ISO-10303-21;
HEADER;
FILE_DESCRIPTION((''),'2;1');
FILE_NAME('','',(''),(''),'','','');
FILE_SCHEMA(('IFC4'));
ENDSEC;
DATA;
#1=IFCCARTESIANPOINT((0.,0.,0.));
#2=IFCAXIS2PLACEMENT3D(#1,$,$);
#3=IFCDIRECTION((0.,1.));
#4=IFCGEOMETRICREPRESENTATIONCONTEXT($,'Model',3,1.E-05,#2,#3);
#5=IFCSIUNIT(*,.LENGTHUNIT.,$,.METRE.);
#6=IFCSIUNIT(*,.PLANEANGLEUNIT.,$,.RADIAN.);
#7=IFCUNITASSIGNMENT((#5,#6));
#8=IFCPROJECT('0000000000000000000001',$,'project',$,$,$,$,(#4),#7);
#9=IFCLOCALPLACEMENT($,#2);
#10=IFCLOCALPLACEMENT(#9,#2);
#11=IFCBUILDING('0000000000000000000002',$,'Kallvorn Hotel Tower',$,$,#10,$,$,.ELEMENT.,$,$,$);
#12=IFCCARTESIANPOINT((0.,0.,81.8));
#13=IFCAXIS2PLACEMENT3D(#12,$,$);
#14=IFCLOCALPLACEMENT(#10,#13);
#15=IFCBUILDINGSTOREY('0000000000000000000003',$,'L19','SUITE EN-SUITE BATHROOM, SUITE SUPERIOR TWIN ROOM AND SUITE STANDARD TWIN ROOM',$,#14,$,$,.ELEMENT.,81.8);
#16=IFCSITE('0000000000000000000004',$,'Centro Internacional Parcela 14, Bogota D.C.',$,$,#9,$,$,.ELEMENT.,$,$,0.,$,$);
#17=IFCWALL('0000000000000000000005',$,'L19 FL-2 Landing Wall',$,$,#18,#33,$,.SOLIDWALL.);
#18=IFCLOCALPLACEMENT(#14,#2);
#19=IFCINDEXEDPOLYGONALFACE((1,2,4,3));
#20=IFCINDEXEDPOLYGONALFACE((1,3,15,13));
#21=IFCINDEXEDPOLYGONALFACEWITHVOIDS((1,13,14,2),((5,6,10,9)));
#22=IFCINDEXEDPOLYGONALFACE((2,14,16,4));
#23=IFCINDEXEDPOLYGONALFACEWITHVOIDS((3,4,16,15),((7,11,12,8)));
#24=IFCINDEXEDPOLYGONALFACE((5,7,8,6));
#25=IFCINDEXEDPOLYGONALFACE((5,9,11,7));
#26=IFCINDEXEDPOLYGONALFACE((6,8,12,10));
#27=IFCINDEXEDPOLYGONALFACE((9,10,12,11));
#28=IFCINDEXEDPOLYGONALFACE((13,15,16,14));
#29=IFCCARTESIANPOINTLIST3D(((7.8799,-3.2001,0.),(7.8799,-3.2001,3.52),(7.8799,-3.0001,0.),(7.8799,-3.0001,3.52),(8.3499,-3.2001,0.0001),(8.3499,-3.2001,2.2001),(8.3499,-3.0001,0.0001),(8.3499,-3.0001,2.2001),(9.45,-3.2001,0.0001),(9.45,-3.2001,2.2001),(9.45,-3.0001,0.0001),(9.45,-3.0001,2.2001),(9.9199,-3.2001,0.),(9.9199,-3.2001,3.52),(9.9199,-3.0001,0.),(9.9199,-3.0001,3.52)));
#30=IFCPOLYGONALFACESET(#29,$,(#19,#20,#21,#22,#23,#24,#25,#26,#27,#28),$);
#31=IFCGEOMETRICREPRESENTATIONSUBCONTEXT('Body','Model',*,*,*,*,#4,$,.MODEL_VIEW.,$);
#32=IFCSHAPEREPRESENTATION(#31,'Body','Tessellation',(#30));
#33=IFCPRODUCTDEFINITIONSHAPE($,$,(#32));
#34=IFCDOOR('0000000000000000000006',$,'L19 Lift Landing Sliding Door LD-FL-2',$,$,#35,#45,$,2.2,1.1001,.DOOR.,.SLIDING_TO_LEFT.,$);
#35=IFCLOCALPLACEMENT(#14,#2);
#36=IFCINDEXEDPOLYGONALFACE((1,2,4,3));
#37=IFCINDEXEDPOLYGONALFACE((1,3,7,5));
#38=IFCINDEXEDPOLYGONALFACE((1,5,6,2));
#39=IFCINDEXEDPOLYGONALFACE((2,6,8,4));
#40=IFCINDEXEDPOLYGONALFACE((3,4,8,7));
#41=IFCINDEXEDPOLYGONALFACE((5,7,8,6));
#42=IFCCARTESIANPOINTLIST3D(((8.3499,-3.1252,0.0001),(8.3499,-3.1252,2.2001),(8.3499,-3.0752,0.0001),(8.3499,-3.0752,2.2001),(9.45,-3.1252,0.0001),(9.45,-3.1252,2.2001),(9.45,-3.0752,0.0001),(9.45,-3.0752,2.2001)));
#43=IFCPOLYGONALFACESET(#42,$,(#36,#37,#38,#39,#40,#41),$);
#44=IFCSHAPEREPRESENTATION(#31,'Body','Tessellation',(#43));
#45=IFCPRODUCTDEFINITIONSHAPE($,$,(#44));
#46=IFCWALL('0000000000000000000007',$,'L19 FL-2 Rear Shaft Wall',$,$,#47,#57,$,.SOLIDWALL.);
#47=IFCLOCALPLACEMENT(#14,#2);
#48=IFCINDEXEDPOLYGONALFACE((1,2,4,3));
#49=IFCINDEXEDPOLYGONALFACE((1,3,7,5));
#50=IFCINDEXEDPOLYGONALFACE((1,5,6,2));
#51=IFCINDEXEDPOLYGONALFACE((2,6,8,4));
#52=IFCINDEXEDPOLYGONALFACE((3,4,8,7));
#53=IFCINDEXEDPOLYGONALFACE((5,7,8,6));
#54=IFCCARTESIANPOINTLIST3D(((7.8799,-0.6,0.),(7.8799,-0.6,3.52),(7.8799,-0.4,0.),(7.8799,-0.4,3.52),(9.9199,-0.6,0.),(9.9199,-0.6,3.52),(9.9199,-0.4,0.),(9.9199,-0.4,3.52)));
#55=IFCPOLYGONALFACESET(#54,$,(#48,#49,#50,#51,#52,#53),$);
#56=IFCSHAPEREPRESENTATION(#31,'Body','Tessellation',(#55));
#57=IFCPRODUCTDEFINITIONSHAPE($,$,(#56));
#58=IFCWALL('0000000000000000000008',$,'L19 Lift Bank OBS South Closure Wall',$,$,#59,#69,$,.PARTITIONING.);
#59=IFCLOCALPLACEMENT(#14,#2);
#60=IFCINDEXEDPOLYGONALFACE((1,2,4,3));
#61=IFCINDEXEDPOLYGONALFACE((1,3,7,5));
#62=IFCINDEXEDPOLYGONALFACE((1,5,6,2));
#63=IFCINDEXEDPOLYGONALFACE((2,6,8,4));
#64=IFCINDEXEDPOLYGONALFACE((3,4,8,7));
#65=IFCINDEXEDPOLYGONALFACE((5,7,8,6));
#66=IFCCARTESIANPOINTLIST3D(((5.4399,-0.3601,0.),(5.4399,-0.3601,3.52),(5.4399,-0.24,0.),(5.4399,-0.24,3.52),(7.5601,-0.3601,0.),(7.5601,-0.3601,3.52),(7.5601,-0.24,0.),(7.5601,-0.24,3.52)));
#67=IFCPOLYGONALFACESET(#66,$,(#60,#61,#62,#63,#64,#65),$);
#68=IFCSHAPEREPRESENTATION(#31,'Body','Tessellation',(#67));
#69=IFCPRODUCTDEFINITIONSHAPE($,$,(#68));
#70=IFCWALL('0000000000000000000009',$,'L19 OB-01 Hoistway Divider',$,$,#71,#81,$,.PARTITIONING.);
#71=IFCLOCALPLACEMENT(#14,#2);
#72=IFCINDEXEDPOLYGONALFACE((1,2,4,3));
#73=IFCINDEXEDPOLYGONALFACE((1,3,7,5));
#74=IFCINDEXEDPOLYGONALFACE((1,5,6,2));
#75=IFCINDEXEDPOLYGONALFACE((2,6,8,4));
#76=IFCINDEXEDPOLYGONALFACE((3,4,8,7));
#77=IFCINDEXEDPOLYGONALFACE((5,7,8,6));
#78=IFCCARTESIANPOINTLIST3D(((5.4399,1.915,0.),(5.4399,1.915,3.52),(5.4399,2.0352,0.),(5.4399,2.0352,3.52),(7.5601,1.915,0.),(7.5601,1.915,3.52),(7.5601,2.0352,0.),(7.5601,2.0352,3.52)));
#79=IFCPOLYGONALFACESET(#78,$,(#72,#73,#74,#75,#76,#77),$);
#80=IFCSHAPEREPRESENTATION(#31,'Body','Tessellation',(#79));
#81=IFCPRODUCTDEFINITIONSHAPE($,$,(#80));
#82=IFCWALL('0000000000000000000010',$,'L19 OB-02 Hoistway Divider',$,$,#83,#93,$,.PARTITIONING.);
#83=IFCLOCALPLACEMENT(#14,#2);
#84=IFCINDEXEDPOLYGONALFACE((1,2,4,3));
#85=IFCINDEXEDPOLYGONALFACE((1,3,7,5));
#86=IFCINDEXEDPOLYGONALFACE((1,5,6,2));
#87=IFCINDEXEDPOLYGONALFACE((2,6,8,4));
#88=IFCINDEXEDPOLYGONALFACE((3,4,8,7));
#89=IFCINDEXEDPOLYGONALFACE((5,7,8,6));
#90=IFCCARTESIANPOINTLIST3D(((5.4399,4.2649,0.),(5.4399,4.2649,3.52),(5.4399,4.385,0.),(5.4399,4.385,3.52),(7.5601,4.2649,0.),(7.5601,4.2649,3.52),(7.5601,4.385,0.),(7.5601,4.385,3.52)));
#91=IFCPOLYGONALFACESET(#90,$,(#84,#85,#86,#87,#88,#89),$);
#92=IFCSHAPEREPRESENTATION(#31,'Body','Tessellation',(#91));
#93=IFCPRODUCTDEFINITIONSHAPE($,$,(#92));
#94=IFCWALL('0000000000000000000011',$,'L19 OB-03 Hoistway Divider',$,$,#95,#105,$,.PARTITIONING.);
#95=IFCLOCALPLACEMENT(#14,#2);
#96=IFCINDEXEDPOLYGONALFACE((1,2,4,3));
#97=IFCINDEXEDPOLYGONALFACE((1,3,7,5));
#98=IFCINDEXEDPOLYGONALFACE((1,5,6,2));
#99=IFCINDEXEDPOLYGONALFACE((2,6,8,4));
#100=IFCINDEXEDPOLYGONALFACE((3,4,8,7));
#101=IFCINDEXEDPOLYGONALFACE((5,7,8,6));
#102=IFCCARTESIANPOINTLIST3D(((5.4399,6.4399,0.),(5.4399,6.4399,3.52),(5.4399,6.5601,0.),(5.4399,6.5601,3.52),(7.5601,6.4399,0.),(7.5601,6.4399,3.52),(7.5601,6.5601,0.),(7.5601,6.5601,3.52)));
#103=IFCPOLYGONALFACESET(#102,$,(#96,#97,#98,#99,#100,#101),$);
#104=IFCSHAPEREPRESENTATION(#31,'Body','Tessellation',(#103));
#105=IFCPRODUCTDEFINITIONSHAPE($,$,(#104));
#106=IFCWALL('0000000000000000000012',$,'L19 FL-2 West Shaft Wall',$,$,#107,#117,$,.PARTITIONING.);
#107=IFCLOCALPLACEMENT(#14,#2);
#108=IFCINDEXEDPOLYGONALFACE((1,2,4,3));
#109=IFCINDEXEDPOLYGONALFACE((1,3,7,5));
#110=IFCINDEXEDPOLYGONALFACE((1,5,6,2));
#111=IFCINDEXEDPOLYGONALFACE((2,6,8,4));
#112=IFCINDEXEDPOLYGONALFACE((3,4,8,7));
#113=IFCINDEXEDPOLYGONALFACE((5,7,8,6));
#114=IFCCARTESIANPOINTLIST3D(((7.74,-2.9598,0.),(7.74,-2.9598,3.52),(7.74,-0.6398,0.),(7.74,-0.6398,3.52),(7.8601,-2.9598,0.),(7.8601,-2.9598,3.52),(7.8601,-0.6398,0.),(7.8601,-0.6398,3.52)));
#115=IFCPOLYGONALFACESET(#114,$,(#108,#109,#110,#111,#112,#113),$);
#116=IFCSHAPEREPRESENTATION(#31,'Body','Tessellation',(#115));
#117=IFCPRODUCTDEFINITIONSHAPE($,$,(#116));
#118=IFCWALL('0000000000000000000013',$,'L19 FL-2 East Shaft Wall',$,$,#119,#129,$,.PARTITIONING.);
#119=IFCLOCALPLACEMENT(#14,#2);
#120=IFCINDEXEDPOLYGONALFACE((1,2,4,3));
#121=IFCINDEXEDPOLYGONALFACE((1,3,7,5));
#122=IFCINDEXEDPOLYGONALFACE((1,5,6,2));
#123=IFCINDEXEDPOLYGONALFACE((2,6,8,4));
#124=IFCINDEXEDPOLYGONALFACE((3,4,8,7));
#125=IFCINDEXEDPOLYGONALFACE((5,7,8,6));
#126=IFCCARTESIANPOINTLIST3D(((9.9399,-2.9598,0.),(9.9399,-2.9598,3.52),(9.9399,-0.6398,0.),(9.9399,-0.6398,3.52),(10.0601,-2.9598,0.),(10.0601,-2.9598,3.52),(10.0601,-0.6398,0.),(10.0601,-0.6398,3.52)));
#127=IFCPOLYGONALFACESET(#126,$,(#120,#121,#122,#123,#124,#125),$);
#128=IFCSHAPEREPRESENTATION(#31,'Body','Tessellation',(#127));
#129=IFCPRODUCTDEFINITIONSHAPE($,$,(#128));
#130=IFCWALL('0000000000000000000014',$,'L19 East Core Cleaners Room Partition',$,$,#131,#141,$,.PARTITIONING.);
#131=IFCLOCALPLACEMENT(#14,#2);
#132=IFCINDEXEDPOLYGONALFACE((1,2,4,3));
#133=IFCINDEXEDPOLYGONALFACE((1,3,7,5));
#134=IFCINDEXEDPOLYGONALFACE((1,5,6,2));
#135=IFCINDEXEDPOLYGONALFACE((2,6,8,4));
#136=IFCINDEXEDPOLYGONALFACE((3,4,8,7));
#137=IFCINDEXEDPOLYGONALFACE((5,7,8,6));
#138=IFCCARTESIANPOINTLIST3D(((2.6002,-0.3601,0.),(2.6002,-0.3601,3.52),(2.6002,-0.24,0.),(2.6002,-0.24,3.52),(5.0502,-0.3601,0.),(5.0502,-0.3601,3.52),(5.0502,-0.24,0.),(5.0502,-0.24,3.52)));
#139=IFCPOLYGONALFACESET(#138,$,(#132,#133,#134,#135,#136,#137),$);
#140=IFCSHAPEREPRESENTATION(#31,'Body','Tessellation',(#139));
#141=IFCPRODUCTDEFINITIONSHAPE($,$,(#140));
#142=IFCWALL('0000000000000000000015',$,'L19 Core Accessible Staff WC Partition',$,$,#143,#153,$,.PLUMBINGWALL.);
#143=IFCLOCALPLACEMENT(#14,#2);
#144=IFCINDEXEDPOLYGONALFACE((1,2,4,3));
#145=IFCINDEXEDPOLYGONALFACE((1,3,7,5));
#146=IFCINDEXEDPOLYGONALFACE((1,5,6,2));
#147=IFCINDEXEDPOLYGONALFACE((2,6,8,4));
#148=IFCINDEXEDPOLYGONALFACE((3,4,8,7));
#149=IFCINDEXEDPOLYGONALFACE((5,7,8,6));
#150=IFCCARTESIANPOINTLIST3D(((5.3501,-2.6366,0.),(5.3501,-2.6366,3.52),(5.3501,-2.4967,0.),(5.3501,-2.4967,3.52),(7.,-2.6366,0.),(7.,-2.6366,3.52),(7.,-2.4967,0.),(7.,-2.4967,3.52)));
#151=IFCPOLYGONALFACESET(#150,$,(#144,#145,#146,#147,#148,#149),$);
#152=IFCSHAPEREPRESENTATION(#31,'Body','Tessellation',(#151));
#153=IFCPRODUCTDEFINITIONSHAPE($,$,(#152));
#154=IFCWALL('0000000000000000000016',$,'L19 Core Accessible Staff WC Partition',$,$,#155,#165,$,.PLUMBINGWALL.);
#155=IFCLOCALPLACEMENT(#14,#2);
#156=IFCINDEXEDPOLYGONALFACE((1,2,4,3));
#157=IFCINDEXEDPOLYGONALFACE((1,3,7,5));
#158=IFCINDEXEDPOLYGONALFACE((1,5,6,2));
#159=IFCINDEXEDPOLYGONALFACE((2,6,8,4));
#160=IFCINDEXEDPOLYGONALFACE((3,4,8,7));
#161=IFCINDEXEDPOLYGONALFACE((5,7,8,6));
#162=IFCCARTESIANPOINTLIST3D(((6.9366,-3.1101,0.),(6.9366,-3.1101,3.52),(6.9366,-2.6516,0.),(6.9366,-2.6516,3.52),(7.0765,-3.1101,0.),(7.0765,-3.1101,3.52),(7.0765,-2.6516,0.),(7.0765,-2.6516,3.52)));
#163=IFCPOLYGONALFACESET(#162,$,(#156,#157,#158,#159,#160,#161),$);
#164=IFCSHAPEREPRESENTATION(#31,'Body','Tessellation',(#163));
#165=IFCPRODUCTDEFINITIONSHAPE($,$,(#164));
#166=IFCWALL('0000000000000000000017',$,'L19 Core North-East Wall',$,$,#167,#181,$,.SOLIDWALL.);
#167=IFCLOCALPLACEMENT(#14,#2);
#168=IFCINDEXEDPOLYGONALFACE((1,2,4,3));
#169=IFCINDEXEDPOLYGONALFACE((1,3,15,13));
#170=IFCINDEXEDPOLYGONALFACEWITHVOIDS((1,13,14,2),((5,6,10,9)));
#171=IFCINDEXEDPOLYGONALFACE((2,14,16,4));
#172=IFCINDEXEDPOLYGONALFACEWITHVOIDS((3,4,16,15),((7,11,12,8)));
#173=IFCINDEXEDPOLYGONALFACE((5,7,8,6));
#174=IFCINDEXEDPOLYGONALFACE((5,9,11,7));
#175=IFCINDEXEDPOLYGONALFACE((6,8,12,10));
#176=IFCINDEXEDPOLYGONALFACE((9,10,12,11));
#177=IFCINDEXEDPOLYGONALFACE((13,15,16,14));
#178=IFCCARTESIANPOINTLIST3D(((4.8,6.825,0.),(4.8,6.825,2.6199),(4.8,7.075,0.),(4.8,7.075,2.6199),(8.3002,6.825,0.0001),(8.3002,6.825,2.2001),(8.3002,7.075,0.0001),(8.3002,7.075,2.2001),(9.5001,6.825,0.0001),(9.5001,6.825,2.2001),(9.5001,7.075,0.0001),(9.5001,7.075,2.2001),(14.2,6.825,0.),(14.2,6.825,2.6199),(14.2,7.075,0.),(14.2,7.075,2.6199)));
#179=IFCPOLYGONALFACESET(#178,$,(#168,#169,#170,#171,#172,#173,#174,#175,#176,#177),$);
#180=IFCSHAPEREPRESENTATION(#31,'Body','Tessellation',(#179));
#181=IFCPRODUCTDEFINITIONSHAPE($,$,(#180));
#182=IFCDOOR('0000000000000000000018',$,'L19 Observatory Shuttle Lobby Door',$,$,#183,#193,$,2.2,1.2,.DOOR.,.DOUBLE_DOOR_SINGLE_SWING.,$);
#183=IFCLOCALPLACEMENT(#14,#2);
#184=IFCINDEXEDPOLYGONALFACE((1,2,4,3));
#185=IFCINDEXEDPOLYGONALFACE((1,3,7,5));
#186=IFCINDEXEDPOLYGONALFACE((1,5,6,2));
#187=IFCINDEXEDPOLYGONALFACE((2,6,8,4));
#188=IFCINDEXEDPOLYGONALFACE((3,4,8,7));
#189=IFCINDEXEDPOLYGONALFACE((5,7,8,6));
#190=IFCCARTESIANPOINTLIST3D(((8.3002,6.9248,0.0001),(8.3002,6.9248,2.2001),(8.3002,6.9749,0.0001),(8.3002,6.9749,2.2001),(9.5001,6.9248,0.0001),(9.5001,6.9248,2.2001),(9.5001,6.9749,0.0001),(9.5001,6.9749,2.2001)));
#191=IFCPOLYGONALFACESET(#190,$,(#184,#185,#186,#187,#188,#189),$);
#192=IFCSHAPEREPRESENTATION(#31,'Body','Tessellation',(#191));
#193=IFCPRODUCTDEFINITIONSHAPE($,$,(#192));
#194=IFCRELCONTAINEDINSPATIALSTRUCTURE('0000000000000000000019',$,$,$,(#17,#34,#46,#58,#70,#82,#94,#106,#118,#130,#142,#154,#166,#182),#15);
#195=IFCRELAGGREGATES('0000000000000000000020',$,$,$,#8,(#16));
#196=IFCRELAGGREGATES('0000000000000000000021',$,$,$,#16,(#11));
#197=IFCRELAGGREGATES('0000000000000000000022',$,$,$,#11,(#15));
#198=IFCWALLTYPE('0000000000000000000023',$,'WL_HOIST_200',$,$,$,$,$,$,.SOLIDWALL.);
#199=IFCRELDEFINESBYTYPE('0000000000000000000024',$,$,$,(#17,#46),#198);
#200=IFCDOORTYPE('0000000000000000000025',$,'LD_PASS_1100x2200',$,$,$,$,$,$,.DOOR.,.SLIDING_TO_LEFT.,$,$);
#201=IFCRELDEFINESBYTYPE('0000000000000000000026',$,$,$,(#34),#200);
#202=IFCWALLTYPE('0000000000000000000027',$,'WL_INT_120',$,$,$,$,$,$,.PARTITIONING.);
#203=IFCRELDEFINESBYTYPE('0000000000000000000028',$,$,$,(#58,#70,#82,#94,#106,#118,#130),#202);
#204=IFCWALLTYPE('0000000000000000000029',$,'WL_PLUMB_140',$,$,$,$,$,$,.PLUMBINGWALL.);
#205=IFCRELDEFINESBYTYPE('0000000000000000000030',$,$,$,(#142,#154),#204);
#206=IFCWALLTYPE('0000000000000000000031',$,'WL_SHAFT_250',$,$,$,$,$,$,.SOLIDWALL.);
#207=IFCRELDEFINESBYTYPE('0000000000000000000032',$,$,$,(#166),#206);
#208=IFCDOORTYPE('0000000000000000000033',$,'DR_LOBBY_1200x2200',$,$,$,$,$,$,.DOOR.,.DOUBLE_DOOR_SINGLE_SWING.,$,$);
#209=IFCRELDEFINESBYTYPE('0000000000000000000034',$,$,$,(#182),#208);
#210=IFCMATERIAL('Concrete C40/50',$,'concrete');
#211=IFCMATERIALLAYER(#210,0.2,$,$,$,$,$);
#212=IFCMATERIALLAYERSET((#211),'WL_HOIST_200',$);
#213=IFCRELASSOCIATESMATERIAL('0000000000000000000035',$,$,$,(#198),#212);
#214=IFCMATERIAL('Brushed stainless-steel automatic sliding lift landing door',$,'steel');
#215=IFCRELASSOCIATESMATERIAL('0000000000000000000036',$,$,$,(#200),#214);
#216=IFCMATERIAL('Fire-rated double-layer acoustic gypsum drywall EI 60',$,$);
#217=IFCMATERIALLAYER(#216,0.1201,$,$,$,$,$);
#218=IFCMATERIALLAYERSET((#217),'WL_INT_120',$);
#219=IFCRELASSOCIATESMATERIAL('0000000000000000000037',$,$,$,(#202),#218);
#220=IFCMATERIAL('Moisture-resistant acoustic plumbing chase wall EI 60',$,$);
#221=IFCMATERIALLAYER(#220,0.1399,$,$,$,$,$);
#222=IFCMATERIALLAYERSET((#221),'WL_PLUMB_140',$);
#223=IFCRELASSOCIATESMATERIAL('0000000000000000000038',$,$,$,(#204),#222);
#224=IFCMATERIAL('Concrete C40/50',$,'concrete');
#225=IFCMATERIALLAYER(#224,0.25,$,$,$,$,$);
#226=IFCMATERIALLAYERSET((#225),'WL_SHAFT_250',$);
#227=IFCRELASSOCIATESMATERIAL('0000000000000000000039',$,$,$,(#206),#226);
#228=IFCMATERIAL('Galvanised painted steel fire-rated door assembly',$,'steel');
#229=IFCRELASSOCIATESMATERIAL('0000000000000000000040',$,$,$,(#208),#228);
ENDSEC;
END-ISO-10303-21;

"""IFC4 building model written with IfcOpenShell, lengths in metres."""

from ifc_helpers import new_model, si_unit, direction, frame, frame_2d, origin, place, context, subcontext, project, spatial, rectangle, extrude, material, layer, layer_set, type_object, element, fill, save


model = new_model("IFC4")

# Units and contexts
model_context = context("Model", 3, precision=1e-05, world=origin(), true_north=direction((0.0, 1.0)))
body_context = subcontext(model_context, "Body", "Model", "MODEL_VIEW")
ifc_project = project(units=[si_unit("LENGTHUNIT", "METRE"), si_unit("PLANEANGLEUNIT", "RADIAN")], contexts=[model_context])

# Site, building, storey
site_placement = place(None, origin())
site = spatial("IfcSite", under=ifc_project, at=site_placement, Name="Centro Internacional Parcela 14, Bogota D.C.", CompositionType="ELEMENT", RefElevation=0.0)
building_placement = place(site_placement, origin())
building = spatial("IfcBuilding", under=site, at=building_placement, Name="Kallvorn Hotel Tower", CompositionType="ELEMENT")
storey_placement = place(building_placement, frame((0.0, 0.0, 81.8)))
storey = spatial("IfcBuildingStorey", under=building, at=storey_placement, Name="L19", Description="SUITE EN-SUITE BATHROOM, SUITE SUPERIOR TWIN ROOM AND SUITE STANDARD TWIN ROOM", CompositionType="ELEMENT", Elevation=81.8)

# Shared definitions
ifc_material_1 = material(Name="Concrete C40/50", Category="concrete")
ifc_layer_1 = layer(ifc_material_1, 0.2)
ifc_layer_set_1 = layer_set([ifc_layer_1], Name="WL_HOIST_200")
wall_type_1 = type_object("IfcWallType", Name="WL_HOIST_200", PredefinedType="SOLIDWALL", material=ifc_layer_set_1)

# Wall, opening, door
wall_1_placement = place(storey_placement, frame((7.8799, -3.1001, 0.0), z_axis=(0.0, 0.0, 1.0), x_axis=(1.0, 0.0, 0.0)))
wall_1 = element("IfcWall", 1, at=wall_1_placement, inside=storey, type_object=wall_type_1, Name="L19 FL-2 Landing Wall", PredefinedType="SOLIDWALL", context=body_context, shape_type="SweptSolid", body=[
    extrude(rectangle(XDim=2.04, YDim=0.2, at=frame_2d((1.02, 0.0))), origin(), (0.0, 0.0, 1.0), 3.52),
])
opening_1_placement = place(wall_1_placement, frame((0.47, 0.0, 0.0)))
opening_1 = element("IfcOpeningElement", 2, at=opening_1_placement, cuts=wall_1, PredefinedType="OPENING", context=body_context, shape_type="SweptSolid", body=[
    extrude(rectangle(XDim=1.1001, YDim=2.2, at=frame_2d((0.55, 1.1001))), frame((0.0, 0.115, 0.0), z_axis=(0.0, -1.0, 0.0), x_axis=(1.0, 0.0, 0.0)), (0.0, 0.0, 1.0), 0.23),
])
ifc_material_2 = material(Name="Brushed stainless-steel automatic sliding lift landing door", Category="steel")
door_type_1 = type_object("IfcDoorType", Name="LD_PASS_1100x2200", OperationType="SLIDING_TO_LEFT", PredefinedType="DOOR", material=ifc_material_2)
door_1_placement = place(opening_1_placement, origin())
door_1 = element("IfcDoor", 3, at=door_1_placement, inside=storey, type_object=door_type_1, Name="L19 Lift Landing Sliding Door LD-FL-2", OperationType="SLIDING_TO_LEFT", OverallHeight=2.2, OverallWidth=1.1001, PredefinedType="DOOR", context=body_context, shape_type="SweptSolid", body=[
    extrude(rectangle(XDim=1.1001, YDim=2.2, at=frame_2d((0.55, 1.1001))), frame((0.0, 0.0249, 0.0), z_axis=(0.0, -1.0, 0.0), x_axis=(1.0, 0.0, 0.0)), (0.0, 0.0, 1.0), 0.05),
])
fill(opening_1, door_1)

# Walls
wall_2_placement = place(storey_placement, frame((7.8799, -0.5, 0.0), z_axis=(0.0, 0.0, 1.0), x_axis=(1.0, 0.0, 0.0)))
element("IfcWall", 4, at=wall_2_placement, inside=storey, type_object=wall_type_1, Name="L19 FL-2 Rear Shaft Wall", PredefinedType="SOLIDWALL", context=body_context, shape_type="SweptSolid", body=[
    extrude(rectangle(XDim=2.04, YDim=0.2, at=frame_2d((1.02, 0.0))), origin(), (0.0, 0.0, 1.0), 3.52),
])
ifc_material_3 = material(Name="Fire-rated double-layer acoustic gypsum drywall EI 60")
ifc_layer_2 = layer(ifc_material_3, 0.1201)
ifc_layer_set_2 = layer_set([ifc_layer_2], Name="WL_INT_120")
wall_type_2 = type_object("IfcWallType", Name="WL_INT_120", PredefinedType="PARTITIONING", material=ifc_layer_set_2)
for number, where, z_axis, x_axis, name in (
    (5, (5.4399, -0.3, 0.0), (0.0, 0.0, 1.0), (1.0, 0.0, 0.0), "L19 Lift Bank OBS South Closure Wall"),
    (6, (5.4399, 1.9751, 0.0), (0.0, 0.0, 1.0), (1.0, 0.0, 0.0), "L19 OB-01 Hoistway Divider"),
    (7, (5.4399, 4.325, 0.0), (0.0, 0.0, 1.0), (1.0, 0.0, 0.0), "L19 OB-02 Hoistway Divider"),
    (8, (5.4399, 6.5, 0.0), (0.0, 0.0, 1.0), (1.0, 0.0, 0.0), "L19 OB-03 Hoistway Divider"),
):
    element("IfcWall", number, at=place(storey_placement, frame(where, z_axis=z_axis, x_axis=x_axis)), inside=storey, type_object=wall_type_2, Name=name, PredefinedType="PARTITIONING", context=body_context, shape_type="SweptSolid", body=[
        extrude(rectangle(XDim=2.1201, YDim=0.1201, at=frame_2d((1.0601, 0.0))), origin(), (0.0, 0.0, 1.0), 3.52),
    ])
for number, where, z_axis, x_axis, name in (
    (9, (7.8, -2.96, 0.0), (0.0, 0.0, 1.0), (0.0, 1.0, 0.0), "L19 FL-2 West Shaft Wall"),
    (10, (10.0, -2.96, 0.0), (0.0, 0.0, 1.0), (0.0, 1.0, 0.0), "L19 FL-2 East Shaft Wall"),
):
    element("IfcWall", number, at=place(storey_placement, frame(where, z_axis=z_axis, x_axis=x_axis)), inside=storey, type_object=wall_type_2, Name=name, PredefinedType="PARTITIONING", context=body_context, shape_type="SweptSolid", body=[
        extrude(rectangle(XDim=2.3201, YDim=0.1201, at=frame_2d((1.1602, 0.0))), origin(), (0.0, 0.0, 1.0), 3.52),
    ])
wall_3_placement = place(storey_placement, frame((2.6001, -0.3, 0.0), z_axis=(0.0, 0.0, 1.0), x_axis=(1.0, 0.0, 0.0)))
element("IfcWall", 11, at=wall_3_placement, inside=storey, type_object=wall_type_2, Name="L19 East Core Cleaners Room Partition", PredefinedType="PARTITIONING", context=body_context, shape_type="SweptSolid", body=[
    extrude(rectangle(XDim=2.45, YDim=0.1201, at=frame_2d((1.2251, 0.0))), origin(), (0.0, 0.0, 1.0), 3.52),
])
ifc_material_4 = material(Name="Moisture-resistant acoustic plumbing chase wall EI 60")
ifc_layer_3 = layer(ifc_material_4, 0.1399)
ifc_layer_set_3 = layer_set([ifc_layer_3], Name="WL_PLUMB_140")
wall_type_3 = type_object("IfcWallType", Name="WL_PLUMB_140", PredefinedType="PLUMBINGWALL", material=ifc_layer_set_3)
wall_4_placement = place(storey_placement, frame((5.3501, -2.5667, 0.0), z_axis=(0.0, 0.0, 1.0), x_axis=(1.0, 0.0, 0.0)))
element("IfcWall", 12, at=wall_4_placement, inside=storey, type_object=wall_type_3, Name="L19 Core Accessible Staff WC Partition", PredefinedType="PLUMBINGWALL", context=body_context, shape_type="SweptSolid", body=[
    extrude(rectangle(XDim=1.6499, YDim=0.1399, at=frame_2d((0.825, 0.0))), origin(), (0.0, 0.0, 1.0), 3.52),
])
wall_5_placement = place(storey_placement, frame((7.0066, -3.1101, 0.0), z_axis=(0.0, 0.0, 1.0), x_axis=(0.0, 1.0, 0.0)))
element("IfcWall", 13, at=wall_5_placement, inside=storey, type_object=wall_type_3, Name="L19 Core Accessible Staff WC Partition", PredefinedType="PLUMBINGWALL", context=body_context, shape_type="SweptSolid", body=[
    extrude(rectangle(XDim=0.4585, YDim=0.1399, at=frame_2d((0.2292, 0.0))), origin(), (0.0, 0.0, 1.0), 3.52),
])

# Wall, opening, door
ifc_material_5 = material(Name="Concrete C40/50", Category="concrete")
ifc_layer_4 = layer(ifc_material_5, 0.25)
ifc_layer_set_4 = layer_set([ifc_layer_4], Name="WL_SHAFT_250")
wall_type_4 = type_object("IfcWallType", Name="WL_SHAFT_250", PredefinedType="SOLIDWALL", material=ifc_layer_set_4)
wall_6_placement = place(storey_placement, frame((4.8, 6.95, 0.0), z_axis=(0.0, 0.0, 1.0), x_axis=(1.0, 0.0, 0.0)))
wall_6 = element("IfcWall", 14, at=wall_6_placement, inside=storey, type_object=wall_type_4, Name="L19 Core North-East Wall", PredefinedType="SOLIDWALL", context=body_context, shape_type="SweptSolid", body=[
    extrude(rectangle(XDim=9.3999, YDim=0.25, at=frame_2d((4.7, 0.0))), origin(), (0.0, 0.0, 1.0), 2.6199),
])
opening_2_placement = place(wall_6_placement, frame((3.5, 0.0, 0.0)))
opening_2 = element("IfcOpeningElement", 15, at=opening_2_placement, cuts=wall_6, PredefinedType="OPENING", context=body_context, shape_type="SweptSolid", body=[
    extrude(rectangle(XDim=1.2, YDim=2.2, at=frame_2d((0.6001, 1.1001))), frame((0.0, 0.1399, 0.0), z_axis=(0.0, -1.0, 0.0), x_axis=(1.0, 0.0, 0.0)), (0.0, 0.0, 1.0), 0.28),
])
ifc_material_6 = material(Name="Galvanised painted steel fire-rated door assembly", Category="steel")
door_type_2 = type_object("IfcDoorType", Name="DR_LOBBY_1200x2200", OperationType="DOUBLE_DOOR_SINGLE_SWING", PredefinedType="DOOR", material=ifc_material_6)
door_2_placement = place(opening_2_placement, origin())
door_2 = element("IfcDoor", 16, at=door_2_placement, inside=storey, type_object=door_type_2, Name="L19 Observatory Shuttle Lobby Door", OperationType="DOUBLE_DOOR_SINGLE_SWING", OverallHeight=2.2, OverallWidth=1.2, PredefinedType="DOOR", context=body_context, shape_type="SweptSolid", body=[
    extrude(rectangle(XDim=1.2, YDim=2.2, at=frame_2d((0.6001, 1.1001))), frame((0.0, 0.0249, 0.0), z_axis=(0.0, -1.0, 0.0), x_axis=(1.0, 0.0, 0.0)), (0.0, 0.0, 1.0), 0.05),
])
fill(opening_2, door_2)

save(model, "model.ifc")
